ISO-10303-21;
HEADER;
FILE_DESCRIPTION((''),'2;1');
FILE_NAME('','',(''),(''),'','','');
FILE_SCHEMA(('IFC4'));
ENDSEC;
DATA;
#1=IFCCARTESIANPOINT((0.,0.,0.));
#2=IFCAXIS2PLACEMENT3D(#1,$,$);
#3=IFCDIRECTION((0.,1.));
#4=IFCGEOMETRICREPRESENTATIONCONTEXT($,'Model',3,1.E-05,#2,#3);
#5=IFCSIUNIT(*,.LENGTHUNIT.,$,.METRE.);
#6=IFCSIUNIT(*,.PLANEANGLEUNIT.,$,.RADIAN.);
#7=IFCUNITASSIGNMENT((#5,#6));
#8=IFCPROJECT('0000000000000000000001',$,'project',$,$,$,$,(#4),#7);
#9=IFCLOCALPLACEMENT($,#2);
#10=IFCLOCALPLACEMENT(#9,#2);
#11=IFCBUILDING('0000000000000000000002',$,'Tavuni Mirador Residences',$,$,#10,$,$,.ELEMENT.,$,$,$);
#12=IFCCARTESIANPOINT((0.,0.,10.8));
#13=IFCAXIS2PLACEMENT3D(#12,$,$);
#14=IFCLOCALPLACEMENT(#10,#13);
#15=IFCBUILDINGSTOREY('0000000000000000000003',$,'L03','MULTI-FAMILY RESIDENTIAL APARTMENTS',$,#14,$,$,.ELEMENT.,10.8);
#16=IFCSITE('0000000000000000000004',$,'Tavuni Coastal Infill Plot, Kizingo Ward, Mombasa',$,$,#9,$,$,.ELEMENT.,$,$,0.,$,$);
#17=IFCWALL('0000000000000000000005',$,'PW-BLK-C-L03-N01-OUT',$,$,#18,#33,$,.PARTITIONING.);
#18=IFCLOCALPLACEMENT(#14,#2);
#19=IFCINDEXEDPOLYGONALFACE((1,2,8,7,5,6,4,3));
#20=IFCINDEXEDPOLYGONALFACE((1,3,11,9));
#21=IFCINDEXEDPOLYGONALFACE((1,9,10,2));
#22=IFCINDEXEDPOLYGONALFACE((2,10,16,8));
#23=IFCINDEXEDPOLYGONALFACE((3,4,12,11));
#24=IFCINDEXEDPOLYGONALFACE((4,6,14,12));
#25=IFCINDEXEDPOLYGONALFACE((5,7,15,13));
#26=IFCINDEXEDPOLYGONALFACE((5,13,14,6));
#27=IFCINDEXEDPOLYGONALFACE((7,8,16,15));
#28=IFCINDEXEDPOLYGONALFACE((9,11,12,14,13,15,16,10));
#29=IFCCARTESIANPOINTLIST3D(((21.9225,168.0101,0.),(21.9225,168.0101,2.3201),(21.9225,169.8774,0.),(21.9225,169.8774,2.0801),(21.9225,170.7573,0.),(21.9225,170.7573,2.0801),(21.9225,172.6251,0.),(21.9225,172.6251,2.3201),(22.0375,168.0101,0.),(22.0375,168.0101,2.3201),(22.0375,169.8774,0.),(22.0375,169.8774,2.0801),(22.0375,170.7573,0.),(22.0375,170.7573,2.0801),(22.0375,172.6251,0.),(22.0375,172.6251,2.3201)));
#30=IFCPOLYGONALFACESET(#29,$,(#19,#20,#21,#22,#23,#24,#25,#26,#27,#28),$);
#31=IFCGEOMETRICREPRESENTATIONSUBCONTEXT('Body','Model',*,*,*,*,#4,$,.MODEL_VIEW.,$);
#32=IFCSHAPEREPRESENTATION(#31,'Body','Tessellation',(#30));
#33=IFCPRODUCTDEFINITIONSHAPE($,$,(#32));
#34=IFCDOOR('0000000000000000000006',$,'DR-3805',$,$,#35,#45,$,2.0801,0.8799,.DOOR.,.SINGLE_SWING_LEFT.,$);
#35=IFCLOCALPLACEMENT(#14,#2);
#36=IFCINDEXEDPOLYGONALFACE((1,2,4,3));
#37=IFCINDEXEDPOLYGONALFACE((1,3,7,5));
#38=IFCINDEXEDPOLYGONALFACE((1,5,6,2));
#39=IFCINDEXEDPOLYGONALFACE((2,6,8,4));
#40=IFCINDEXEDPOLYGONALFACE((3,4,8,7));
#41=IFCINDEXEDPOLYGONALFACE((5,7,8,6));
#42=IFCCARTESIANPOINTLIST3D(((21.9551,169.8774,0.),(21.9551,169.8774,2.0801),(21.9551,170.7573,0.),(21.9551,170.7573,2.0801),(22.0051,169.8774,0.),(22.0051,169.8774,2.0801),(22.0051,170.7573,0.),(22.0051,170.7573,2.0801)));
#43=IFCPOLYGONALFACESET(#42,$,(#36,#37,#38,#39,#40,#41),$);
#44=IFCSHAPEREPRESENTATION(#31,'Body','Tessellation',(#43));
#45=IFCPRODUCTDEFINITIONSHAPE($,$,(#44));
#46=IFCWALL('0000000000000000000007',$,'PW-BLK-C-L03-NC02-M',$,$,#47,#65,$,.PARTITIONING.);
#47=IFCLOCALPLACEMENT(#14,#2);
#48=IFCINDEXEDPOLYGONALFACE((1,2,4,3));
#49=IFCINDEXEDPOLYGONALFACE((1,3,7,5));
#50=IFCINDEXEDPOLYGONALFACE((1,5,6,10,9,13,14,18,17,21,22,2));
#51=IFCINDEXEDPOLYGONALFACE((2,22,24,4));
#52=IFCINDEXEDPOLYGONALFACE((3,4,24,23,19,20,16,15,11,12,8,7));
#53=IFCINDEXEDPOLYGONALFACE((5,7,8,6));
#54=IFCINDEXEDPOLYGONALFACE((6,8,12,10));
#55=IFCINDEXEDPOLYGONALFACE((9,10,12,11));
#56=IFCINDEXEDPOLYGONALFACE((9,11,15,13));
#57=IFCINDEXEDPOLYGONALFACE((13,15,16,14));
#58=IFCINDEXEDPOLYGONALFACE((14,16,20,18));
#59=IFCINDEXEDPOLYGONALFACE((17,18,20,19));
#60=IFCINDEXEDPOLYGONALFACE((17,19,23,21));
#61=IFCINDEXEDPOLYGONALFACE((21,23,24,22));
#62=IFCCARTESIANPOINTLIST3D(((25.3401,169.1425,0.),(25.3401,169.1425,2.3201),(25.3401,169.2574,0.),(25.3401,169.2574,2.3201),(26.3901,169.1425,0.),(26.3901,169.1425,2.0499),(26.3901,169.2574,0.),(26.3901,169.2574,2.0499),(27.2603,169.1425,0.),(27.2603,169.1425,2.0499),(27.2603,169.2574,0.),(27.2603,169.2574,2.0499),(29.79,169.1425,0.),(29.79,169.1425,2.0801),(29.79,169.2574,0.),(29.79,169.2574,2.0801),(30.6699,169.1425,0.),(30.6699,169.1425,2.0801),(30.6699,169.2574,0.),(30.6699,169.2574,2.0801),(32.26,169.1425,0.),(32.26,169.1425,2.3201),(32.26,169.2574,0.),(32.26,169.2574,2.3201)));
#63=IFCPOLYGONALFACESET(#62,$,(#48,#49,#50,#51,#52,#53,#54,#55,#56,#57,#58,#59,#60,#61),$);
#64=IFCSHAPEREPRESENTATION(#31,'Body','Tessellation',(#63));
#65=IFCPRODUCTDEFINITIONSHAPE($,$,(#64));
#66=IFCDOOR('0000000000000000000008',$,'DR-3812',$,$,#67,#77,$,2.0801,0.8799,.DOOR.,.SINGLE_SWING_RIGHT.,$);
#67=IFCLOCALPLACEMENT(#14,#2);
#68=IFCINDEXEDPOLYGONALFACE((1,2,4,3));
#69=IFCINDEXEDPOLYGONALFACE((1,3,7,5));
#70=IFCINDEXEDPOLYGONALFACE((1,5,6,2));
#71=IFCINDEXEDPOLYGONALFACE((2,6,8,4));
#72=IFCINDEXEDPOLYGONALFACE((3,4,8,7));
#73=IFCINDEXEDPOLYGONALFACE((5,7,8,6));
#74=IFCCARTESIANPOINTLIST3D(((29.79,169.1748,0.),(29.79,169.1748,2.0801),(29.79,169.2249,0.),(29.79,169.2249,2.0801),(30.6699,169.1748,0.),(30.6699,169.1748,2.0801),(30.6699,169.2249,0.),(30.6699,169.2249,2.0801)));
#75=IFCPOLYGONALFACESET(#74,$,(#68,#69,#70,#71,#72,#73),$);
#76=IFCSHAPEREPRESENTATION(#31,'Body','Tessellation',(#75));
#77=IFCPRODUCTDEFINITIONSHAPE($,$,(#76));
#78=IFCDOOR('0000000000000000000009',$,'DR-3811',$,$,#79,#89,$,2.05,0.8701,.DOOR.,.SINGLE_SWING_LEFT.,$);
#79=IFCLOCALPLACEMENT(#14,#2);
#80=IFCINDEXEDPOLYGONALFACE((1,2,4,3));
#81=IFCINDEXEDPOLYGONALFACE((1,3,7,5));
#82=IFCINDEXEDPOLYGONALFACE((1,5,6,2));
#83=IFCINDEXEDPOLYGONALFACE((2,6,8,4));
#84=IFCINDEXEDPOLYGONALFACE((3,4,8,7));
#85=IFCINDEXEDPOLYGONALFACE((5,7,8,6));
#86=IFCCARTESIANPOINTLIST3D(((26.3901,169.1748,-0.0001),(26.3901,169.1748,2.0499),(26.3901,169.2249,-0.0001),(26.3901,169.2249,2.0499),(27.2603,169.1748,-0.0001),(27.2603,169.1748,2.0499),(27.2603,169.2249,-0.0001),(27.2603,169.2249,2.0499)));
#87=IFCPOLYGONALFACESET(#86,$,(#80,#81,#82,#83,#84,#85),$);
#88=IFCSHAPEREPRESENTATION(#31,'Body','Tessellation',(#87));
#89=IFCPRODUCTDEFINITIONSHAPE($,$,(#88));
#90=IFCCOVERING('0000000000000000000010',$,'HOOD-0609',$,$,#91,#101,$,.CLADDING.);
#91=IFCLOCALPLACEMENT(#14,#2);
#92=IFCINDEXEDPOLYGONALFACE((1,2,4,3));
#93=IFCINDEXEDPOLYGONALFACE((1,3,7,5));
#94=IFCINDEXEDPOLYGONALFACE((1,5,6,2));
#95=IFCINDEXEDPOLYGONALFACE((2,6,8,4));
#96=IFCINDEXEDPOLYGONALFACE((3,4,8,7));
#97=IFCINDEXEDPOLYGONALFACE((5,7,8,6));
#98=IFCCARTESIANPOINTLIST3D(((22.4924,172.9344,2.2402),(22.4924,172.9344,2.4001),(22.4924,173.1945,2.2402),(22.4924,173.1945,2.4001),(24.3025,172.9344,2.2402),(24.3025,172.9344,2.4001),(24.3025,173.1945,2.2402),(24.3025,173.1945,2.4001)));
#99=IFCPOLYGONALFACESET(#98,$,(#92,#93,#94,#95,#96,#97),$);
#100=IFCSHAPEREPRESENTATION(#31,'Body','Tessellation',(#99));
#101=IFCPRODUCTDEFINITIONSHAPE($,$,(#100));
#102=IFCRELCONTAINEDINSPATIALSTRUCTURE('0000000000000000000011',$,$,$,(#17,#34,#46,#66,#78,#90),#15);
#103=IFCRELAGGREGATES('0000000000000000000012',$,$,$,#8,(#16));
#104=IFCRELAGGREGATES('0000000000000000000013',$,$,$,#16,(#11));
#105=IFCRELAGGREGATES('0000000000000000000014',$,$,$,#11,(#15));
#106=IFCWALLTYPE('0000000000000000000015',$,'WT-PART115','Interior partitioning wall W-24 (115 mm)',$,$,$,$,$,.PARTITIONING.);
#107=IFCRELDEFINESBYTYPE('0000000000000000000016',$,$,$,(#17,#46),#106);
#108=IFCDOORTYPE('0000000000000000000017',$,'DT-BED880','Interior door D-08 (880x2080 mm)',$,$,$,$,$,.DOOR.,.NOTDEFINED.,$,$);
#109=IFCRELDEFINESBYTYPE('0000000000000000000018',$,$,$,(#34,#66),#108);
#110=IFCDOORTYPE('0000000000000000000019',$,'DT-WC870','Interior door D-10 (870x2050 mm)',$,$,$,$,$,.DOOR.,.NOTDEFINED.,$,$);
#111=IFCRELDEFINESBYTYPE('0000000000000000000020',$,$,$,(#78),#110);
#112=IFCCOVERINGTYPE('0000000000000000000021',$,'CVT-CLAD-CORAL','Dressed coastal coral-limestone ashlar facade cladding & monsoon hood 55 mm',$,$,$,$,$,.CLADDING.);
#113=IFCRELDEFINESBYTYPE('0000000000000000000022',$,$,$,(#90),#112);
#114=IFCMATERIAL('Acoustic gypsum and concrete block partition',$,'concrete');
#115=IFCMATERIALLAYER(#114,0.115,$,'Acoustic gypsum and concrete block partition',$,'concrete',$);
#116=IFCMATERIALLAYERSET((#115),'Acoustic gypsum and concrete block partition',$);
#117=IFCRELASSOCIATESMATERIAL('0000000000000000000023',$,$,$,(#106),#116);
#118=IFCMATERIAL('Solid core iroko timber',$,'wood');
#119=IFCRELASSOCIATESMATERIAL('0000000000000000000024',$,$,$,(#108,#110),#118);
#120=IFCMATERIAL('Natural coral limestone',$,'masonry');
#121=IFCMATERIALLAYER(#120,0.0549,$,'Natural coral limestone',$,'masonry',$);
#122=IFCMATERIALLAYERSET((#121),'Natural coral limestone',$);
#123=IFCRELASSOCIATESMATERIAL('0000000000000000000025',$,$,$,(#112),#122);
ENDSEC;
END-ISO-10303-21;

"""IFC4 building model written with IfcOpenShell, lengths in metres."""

from ifc_helpers import new_model, si_unit, direction, frame, frame_2d, origin, origin_2d, place, context, subcontext, project, spatial, rectangle, extrude, material, layer, layer_set, type_object, element, fill, save


model = new_model("IFC4")

# Units and contexts
model_context = context("Model", 3, precision=1e-05, world=origin(), true_north=direction((0.0, 1.0)))
body_context = subcontext(model_context, "Body", "Model", "MODEL_VIEW")
ifc_project = project(units=[si_unit("LENGTHUNIT", "METRE"), si_unit("PLANEANGLEUNIT", "RADIAN")], contexts=[model_context])

# Site, building, storey
site_placement = place(None, origin())
site = spatial("IfcSite", under=ifc_project, at=site_placement, Name="Tavuni Coastal Infill Plot, Kizingo Ward, Mombasa", CompositionType="ELEMENT", RefElevation=0.0)
building_placement = place(site_placement, origin())
building = spatial("IfcBuilding", under=site, at=building_placement, Name="Tavuni Mirador Residences", CompositionType="ELEMENT")
storey_placement = place(building_placement, frame((0.0, 0.0, 10.8)))
storey = spatial("IfcBuildingStorey", under=building, at=storey_placement, Name="L03", Description="MULTI-FAMILY RESIDENTIAL APARTMENTS", CompositionType="ELEMENT", Elevation=10.8)

# Wall, opening, door
ifc_material_1 = material(Name="Acoustic gypsum and concrete block partition", Category="concrete")
ifc_layer_1 = layer(ifc_material_1, 0.115, Name="Acoustic gypsum and concrete block partition", Category="concrete")
ifc_layer_set_1 = layer_set([ifc_layer_1], Name="Acoustic gypsum and concrete block partition")
wall_type_1 = type_object("IfcWallType", Name="WT-PART115", Description="Interior partitioning wall W-24 (115 mm)", PredefinedType="PARTITIONING", material=ifc_layer_set_1)
wall_1_placement = place(storey_placement, frame((21.98, 168.01, 0.0), z_axis=(0.0, 0.0, 1.0), x_axis=(0.0, 1.0, 0.0)))
wall_1 = element("IfcWall", 1, at=wall_1_placement, inside=storey, type_object=wall_type_1, Name="PW-BLK-C-L03-N01-OUT", PredefinedType="PARTITIONING", context=body_context, shape_type="SweptSolid", body=[
    extrude(rectangle(XDim=4.615, YDim=0.115, at=frame_2d((2.3076, 0.0))), origin(), (0.0, 0.0, 1.0), 2.3201),
])
opening_1_placement = place(wall_1_placement, frame((1.8674, 0.0, 0.0)))
opening_1 = element("IfcOpeningElement", 2, at=opening_1_placement, cuts=wall_1, PredefinedType="OPENING", context=body_context, shape_type="SweptSolid", body=[
    extrude(rectangle(XDim=0.8799, YDim=2.0801, at=frame_2d((0.4399, 1.04))), frame((0.0, 0.0674, 0.0), z_axis=(0.0, -1.0, 0.0), x_axis=(1.0, 0.0, 0.0)), (0.0, 0.0, 1.0), 0.135),
])
ifc_material_2 = material(Name="Solid core iroko timber", Category="wood")
door_type_1 = type_object("IfcDoorType", Name="DT-BED880", Description="Interior door D-08 (880x2080 mm)", OperationType="NOTDEFINED", PredefinedType="DOOR", material=ifc_material_2)
door_1_placement = place(opening_1_placement, origin())
door_1 = element("IfcDoor", 3, at=door_1_placement, inside=storey, type_object=door_type_1, Name="DR-3805", OperationType="SINGLE_SWING_LEFT", OverallHeight=2.0801, OverallWidth=0.8799, PredefinedType="DOOR", context=body_context, shape_type="SweptSolid", body=[
    extrude(rectangle(XDim=0.8799, YDim=2.0801, at=frame_2d((0.4399, 1.04))), frame((0.0, 0.0249, 0.0), z_axis=(0.0, -1.0, 0.0), x_axis=(1.0, 0.0, 0.0)), (0.0, 0.0, 1.0), 0.05),
])
fill(opening_1, door_1)

# Wall, openings, doors
wall_2_placement = place(storey_placement, frame((25.3401, 169.2, 0.0), z_axis=(0.0, 0.0, 1.0), x_axis=(1.0, 0.0, 0.0)))
wall_2 = element("IfcWall", 4, at=wall_2_placement, inside=storey, type_object=wall_type_1, Name="PW-BLK-C-L03-NC02-M", PredefinedType="PARTITIONING", context=body_context, shape_type="SweptSolid", body=[
    extrude(rectangle(XDim=6.9199, YDim=0.115, at=frame_2d((3.46, 0.0))), origin(), (0.0, 0.0, 1.0), 2.3201),
])
opening_2_placement = place(wall_2_placement, frame((1.05, 0.0, 0.0)))
opening_2 = element("IfcOpeningElement", 5, at=opening_2_placement, cuts=wall_2, PredefinedType="OPENING", context=body_context, shape_type="SweptSolid", body=[
    extrude(rectangle(XDim=0.8701, YDim=2.05, at=frame_2d((0.4351, 1.0249))), frame((0.0, 0.0674, 0.0), z_axis=(0.0, -1.0, 0.0), x_axis=(1.0, 0.0, 0.0)), (0.0, 0.0, 1.0), 0.135),
])
opening_3_placement = place(wall_2_placement, frame((4.45, 0.0, 0.0)))
opening_3 = element("IfcOpeningElement", 6, at=opening_3_placement, cuts=wall_2, PredefinedType="OPENING", context=body_context, shape_type="SweptSolid", body=[
    extrude(rectangle(XDim=0.8799, YDim=2.0801, at=frame_2d((0.4399, 1.04))), frame((0.0, 0.0674, 0.0), z_axis=(0.0, -1.0, 0.0), x_axis=(1.0, 0.0, 0.0)), (0.0, 0.0, 1.0), 0.135),
])
door_2_placement = place(opening_3_placement, origin())
door_2 = element("IfcDoor", 7, at=door_2_placement, inside=storey, type_object=door_type_1, Name="DR-3812", OperationType="SINGLE_SWING_RIGHT", OverallHeight=2.0801, OverallWidth=0.8799, PredefinedType="DOOR", context=body_context, shape_type="SweptSolid", body=[
    extrude(rectangle(XDim=0.8799, YDim=2.0801, at=frame_2d((0.4399, 1.04))), frame((0.0, 0.0249, 0.0), z_axis=(0.0, -1.0, 0.0), x_axis=(1.0, 0.0, 0.0)), (0.0, 0.0, 1.0), 0.05),
])
fill(opening_3, door_2)
door_type_2 = type_object("IfcDoorType", Name="DT-WC870", Description="Interior door D-10 (870x2050 mm)", OperationType="NOTDEFINED", PredefinedType="DOOR", material=ifc_material_2)
door_3_placement = place(opening_2_placement, origin())
door_3 = element("IfcDoor", 8, at=door_3_placement, inside=storey, type_object=door_type_2, Name="DR-3811", OperationType="SINGLE_SWING_LEFT", OverallHeight=2.05, OverallWidth=0.8701, PredefinedType="DOOR", context=body_context, shape_type="SweptSolid", body=[
    extrude(rectangle(XDim=0.8701, YDim=2.05, at=frame_2d((0.4351, 1.0249))), frame((0.0, 0.0249, 0.0), z_axis=(0.0, -1.0, 0.0), x_axis=(1.0, 0.0, 0.0)), (0.0, 0.0, 1.0), 0.05),
])
fill(opening_2, door_3)

# Covering
ifc_material_3 = material(Name="Natural coral limestone", Category="masonry")
ifc_layer_2 = layer(ifc_material_3, 0.0549, Name="Natural coral limestone", Category="masonry")
ifc_layer_set_2 = layer_set([ifc_layer_2], Name="Natural coral limestone")
covering_type = type_object("IfcCoveringType", Name="CVT-CLAD-CORAL", Description="Dressed coastal coral-limestone ashlar facade cladding & monsoon hood 55 mm", PredefinedType="CLADDING", material=ifc_layer_set_2)
covering_placement = place(storey_placement, frame((23.3975, 173.0645, 2.2402), z_axis=(0.0, 0.0, 1.0), x_axis=(-1.0, 0.0, 0.0)))
element("IfcCovering", 9, at=covering_placement, inside=storey, type_object=covering_type, Name="HOOD-0609", PredefinedType="CLADDING", context=body_context, shape_type="SweptSolid", body=[
    extrude(rectangle(XDim=1.8101, YDim=0.26, at=origin_2d()), origin(), (0.0, 0.0, 1.0), 0.1599),
])

save(model, "model.ifc")
